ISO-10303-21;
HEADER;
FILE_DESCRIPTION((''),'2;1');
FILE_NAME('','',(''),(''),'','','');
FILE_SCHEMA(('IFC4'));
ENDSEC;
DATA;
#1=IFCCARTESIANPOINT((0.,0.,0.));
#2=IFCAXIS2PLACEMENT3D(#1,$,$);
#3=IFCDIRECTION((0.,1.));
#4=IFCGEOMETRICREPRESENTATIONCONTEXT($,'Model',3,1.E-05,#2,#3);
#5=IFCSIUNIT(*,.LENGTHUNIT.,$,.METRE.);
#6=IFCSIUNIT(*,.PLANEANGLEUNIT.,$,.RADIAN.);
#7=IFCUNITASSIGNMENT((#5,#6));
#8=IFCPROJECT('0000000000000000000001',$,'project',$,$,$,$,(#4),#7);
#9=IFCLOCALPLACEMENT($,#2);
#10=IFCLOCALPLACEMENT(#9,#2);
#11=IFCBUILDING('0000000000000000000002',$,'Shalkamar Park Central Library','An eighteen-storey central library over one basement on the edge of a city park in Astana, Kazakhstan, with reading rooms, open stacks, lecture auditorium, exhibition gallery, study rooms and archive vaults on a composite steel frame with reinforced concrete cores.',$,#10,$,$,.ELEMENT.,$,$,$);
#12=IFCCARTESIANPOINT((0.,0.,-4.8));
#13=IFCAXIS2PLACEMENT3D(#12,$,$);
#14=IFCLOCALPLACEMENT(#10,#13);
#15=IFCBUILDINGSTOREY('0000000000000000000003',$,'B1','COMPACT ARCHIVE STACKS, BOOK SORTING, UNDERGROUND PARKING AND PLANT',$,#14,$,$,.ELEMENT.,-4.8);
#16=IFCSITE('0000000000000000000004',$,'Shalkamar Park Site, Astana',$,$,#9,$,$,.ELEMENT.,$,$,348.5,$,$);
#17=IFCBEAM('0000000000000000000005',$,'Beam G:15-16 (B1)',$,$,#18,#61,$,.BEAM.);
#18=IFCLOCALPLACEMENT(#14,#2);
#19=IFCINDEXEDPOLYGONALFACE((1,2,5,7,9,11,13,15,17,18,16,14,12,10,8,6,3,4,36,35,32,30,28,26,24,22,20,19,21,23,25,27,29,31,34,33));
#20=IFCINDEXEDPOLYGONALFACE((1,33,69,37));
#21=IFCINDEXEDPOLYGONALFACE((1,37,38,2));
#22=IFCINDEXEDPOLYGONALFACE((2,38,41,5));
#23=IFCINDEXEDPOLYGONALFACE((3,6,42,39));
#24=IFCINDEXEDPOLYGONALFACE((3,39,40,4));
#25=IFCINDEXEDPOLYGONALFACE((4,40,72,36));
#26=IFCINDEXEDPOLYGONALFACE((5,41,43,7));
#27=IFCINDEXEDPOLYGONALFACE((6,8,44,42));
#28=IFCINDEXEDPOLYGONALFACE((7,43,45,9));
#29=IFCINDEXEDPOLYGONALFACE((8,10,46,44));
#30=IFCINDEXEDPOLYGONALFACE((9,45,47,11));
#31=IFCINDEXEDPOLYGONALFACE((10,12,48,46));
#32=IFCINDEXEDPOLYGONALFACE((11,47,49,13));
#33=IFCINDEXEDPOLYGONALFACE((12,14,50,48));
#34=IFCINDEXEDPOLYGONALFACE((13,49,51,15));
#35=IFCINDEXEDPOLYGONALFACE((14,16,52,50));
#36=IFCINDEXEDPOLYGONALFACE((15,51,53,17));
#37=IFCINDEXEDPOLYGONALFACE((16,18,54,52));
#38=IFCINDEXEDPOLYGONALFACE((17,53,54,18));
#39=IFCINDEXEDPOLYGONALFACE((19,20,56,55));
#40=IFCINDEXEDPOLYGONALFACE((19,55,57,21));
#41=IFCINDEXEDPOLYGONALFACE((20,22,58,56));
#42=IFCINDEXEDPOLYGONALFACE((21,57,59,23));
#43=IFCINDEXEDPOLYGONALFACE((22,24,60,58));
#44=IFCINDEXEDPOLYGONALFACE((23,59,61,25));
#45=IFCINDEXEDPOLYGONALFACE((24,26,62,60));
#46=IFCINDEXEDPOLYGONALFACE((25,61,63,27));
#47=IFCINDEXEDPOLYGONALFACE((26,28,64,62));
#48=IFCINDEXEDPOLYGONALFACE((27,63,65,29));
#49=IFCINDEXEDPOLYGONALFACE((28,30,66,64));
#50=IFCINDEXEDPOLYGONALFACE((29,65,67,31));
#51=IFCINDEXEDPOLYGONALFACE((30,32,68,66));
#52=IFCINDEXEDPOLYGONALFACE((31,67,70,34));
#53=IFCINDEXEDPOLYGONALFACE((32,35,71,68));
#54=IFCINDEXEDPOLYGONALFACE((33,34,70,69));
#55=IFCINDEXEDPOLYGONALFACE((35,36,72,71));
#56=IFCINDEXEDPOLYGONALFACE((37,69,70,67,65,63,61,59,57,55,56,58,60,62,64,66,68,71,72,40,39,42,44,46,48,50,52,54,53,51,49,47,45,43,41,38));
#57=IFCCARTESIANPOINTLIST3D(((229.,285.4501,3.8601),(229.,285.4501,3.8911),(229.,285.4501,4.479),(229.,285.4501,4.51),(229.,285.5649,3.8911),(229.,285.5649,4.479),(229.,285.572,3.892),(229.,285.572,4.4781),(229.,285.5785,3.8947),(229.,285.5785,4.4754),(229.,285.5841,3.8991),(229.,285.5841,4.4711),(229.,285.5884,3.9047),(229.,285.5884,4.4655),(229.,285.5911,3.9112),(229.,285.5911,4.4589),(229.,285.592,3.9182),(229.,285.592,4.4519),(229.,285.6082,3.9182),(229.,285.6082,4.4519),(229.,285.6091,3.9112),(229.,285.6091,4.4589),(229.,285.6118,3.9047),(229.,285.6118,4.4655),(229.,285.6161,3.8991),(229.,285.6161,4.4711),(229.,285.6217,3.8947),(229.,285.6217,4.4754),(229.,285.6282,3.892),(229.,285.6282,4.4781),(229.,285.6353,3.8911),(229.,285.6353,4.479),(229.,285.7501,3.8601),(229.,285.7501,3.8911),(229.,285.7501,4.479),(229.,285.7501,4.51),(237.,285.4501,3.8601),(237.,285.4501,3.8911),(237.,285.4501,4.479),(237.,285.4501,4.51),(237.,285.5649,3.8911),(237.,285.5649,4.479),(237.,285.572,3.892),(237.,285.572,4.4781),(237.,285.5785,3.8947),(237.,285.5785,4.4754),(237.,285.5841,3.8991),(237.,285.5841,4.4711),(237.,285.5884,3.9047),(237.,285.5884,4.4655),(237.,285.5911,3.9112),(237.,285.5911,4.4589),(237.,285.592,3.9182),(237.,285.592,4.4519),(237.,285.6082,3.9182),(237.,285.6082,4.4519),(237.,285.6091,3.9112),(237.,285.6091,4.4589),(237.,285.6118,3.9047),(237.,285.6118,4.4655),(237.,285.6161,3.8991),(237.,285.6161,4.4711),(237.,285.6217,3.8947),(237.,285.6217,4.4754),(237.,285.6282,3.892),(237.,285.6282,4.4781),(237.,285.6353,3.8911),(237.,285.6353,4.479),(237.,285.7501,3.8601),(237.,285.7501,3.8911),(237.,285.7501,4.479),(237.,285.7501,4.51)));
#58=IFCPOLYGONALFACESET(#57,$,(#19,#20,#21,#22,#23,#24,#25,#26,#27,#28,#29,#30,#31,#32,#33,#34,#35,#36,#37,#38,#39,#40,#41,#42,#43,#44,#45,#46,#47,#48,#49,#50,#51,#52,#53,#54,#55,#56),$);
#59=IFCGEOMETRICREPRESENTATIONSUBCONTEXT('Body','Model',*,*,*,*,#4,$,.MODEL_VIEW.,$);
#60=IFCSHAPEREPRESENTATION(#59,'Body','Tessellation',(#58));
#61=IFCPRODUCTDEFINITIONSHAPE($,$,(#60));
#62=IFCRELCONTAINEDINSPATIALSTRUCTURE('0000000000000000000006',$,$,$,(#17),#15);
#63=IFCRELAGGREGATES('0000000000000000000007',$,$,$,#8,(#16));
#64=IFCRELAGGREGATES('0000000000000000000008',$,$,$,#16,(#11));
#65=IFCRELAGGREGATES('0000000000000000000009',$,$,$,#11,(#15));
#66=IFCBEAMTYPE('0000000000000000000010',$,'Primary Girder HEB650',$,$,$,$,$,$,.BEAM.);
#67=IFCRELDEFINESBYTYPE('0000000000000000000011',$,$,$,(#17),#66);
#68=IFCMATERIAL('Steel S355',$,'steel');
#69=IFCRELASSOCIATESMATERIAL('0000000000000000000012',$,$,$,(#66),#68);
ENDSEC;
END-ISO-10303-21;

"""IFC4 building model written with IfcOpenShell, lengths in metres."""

from ifc_helpers import new_model, si_unit, direction, frame, origin, origin_2d, place, context, subcontext, project, spatial, i_section, extrude, material, material_profile, profile_set, type_object, element, save


model = new_model("IFC4")

# Units and contexts
model_context = context("Model", 3, precision=1e-05, world=origin(), true_north=direction((0.0, 1.0)))
body_context = subcontext(model_context, "Body", "Model", "MODEL_VIEW")
ifc_project = project(units=[si_unit("LENGTHUNIT", "METRE"), si_unit("PLANEANGLEUNIT", "RADIAN")], contexts=[model_context])

# Site, building, storey
site_placement = place(None, origin())
site = spatial("IfcSite", under=ifc_project, at=site_placement, Name="Shalkamar Park Site, Astana", CompositionType="ELEMENT", RefElevation=348.5)
building_placement = place(site_placement, origin())
building = spatial("IfcBuilding", under=site, at=building_placement, Name="Shalkamar Park Central Library", Description="An eighteen-storey central library over one basement on the edge of a city park in Astana, Kazakhstan, with reading rooms, open stacks, lecture auditorium, exhibition gallery, study rooms and archive vaults on a composite steel frame with reinforced concrete cores.", CompositionType="ELEMENT")
storey_placement = place(building_placement, frame((0.0, 0.0, -4.8)))
storey = spatial("IfcBuildingStorey", under=building, at=storey_placement, Name="B1", Description="COMPACT ARCHIVE STACKS, BOOK SORTING, UNDERGROUND PARKING AND PLANT", CompositionType="ELEMENT", Elevation=-4.8)

# Beam
ifc_material_1 = material(Name="Steel S355", Category="steel")
ifc_material_profile_1 = material_profile(ifc_material_1, i_section(OverallWidth=0.3, OverallDepth=0.6499, WebThickness=0.0161, FlangeThickness=0.031, FilletRadius=0.0271, at=origin_2d()), Name="HEB 650")
ifc_profile_set_1 = profile_set([ifc_material_profile_1], Name="Steel S355")
beam_type_1 = type_object("IfcBeamType", Name="Primary Girder HEB650", PredefinedType="BEAM", material=ifc_profile_set_1)
for number, where, z_axis, x_axis, name in (
    (1, (229.0, 285.6001, 4.1851), (1.0, 0.0, 0.0), (0.0, 1.0, 0.0), "Beam G:15-16 (B1)"),
):
    element("IfcBeam", number, at=place(storey_placement, frame(where, z_axis=z_axis, x_axis=x_axis)), inside=storey, type_object=beam_type_1, Name=name, PredefinedType="BEAM", context=body_context, shape_type="SweptSolid", body=[
        extrude(i_section(OverallWidth=0.3, OverallDepth=0.6499, WebThickness=0.0161, FlangeThickness=0.031, FilletRadius=0.0271, at=origin_2d()), origin(), (0.0, 0.0, 1.0), 8.0),
    ])

save(model, "model.ifc")
